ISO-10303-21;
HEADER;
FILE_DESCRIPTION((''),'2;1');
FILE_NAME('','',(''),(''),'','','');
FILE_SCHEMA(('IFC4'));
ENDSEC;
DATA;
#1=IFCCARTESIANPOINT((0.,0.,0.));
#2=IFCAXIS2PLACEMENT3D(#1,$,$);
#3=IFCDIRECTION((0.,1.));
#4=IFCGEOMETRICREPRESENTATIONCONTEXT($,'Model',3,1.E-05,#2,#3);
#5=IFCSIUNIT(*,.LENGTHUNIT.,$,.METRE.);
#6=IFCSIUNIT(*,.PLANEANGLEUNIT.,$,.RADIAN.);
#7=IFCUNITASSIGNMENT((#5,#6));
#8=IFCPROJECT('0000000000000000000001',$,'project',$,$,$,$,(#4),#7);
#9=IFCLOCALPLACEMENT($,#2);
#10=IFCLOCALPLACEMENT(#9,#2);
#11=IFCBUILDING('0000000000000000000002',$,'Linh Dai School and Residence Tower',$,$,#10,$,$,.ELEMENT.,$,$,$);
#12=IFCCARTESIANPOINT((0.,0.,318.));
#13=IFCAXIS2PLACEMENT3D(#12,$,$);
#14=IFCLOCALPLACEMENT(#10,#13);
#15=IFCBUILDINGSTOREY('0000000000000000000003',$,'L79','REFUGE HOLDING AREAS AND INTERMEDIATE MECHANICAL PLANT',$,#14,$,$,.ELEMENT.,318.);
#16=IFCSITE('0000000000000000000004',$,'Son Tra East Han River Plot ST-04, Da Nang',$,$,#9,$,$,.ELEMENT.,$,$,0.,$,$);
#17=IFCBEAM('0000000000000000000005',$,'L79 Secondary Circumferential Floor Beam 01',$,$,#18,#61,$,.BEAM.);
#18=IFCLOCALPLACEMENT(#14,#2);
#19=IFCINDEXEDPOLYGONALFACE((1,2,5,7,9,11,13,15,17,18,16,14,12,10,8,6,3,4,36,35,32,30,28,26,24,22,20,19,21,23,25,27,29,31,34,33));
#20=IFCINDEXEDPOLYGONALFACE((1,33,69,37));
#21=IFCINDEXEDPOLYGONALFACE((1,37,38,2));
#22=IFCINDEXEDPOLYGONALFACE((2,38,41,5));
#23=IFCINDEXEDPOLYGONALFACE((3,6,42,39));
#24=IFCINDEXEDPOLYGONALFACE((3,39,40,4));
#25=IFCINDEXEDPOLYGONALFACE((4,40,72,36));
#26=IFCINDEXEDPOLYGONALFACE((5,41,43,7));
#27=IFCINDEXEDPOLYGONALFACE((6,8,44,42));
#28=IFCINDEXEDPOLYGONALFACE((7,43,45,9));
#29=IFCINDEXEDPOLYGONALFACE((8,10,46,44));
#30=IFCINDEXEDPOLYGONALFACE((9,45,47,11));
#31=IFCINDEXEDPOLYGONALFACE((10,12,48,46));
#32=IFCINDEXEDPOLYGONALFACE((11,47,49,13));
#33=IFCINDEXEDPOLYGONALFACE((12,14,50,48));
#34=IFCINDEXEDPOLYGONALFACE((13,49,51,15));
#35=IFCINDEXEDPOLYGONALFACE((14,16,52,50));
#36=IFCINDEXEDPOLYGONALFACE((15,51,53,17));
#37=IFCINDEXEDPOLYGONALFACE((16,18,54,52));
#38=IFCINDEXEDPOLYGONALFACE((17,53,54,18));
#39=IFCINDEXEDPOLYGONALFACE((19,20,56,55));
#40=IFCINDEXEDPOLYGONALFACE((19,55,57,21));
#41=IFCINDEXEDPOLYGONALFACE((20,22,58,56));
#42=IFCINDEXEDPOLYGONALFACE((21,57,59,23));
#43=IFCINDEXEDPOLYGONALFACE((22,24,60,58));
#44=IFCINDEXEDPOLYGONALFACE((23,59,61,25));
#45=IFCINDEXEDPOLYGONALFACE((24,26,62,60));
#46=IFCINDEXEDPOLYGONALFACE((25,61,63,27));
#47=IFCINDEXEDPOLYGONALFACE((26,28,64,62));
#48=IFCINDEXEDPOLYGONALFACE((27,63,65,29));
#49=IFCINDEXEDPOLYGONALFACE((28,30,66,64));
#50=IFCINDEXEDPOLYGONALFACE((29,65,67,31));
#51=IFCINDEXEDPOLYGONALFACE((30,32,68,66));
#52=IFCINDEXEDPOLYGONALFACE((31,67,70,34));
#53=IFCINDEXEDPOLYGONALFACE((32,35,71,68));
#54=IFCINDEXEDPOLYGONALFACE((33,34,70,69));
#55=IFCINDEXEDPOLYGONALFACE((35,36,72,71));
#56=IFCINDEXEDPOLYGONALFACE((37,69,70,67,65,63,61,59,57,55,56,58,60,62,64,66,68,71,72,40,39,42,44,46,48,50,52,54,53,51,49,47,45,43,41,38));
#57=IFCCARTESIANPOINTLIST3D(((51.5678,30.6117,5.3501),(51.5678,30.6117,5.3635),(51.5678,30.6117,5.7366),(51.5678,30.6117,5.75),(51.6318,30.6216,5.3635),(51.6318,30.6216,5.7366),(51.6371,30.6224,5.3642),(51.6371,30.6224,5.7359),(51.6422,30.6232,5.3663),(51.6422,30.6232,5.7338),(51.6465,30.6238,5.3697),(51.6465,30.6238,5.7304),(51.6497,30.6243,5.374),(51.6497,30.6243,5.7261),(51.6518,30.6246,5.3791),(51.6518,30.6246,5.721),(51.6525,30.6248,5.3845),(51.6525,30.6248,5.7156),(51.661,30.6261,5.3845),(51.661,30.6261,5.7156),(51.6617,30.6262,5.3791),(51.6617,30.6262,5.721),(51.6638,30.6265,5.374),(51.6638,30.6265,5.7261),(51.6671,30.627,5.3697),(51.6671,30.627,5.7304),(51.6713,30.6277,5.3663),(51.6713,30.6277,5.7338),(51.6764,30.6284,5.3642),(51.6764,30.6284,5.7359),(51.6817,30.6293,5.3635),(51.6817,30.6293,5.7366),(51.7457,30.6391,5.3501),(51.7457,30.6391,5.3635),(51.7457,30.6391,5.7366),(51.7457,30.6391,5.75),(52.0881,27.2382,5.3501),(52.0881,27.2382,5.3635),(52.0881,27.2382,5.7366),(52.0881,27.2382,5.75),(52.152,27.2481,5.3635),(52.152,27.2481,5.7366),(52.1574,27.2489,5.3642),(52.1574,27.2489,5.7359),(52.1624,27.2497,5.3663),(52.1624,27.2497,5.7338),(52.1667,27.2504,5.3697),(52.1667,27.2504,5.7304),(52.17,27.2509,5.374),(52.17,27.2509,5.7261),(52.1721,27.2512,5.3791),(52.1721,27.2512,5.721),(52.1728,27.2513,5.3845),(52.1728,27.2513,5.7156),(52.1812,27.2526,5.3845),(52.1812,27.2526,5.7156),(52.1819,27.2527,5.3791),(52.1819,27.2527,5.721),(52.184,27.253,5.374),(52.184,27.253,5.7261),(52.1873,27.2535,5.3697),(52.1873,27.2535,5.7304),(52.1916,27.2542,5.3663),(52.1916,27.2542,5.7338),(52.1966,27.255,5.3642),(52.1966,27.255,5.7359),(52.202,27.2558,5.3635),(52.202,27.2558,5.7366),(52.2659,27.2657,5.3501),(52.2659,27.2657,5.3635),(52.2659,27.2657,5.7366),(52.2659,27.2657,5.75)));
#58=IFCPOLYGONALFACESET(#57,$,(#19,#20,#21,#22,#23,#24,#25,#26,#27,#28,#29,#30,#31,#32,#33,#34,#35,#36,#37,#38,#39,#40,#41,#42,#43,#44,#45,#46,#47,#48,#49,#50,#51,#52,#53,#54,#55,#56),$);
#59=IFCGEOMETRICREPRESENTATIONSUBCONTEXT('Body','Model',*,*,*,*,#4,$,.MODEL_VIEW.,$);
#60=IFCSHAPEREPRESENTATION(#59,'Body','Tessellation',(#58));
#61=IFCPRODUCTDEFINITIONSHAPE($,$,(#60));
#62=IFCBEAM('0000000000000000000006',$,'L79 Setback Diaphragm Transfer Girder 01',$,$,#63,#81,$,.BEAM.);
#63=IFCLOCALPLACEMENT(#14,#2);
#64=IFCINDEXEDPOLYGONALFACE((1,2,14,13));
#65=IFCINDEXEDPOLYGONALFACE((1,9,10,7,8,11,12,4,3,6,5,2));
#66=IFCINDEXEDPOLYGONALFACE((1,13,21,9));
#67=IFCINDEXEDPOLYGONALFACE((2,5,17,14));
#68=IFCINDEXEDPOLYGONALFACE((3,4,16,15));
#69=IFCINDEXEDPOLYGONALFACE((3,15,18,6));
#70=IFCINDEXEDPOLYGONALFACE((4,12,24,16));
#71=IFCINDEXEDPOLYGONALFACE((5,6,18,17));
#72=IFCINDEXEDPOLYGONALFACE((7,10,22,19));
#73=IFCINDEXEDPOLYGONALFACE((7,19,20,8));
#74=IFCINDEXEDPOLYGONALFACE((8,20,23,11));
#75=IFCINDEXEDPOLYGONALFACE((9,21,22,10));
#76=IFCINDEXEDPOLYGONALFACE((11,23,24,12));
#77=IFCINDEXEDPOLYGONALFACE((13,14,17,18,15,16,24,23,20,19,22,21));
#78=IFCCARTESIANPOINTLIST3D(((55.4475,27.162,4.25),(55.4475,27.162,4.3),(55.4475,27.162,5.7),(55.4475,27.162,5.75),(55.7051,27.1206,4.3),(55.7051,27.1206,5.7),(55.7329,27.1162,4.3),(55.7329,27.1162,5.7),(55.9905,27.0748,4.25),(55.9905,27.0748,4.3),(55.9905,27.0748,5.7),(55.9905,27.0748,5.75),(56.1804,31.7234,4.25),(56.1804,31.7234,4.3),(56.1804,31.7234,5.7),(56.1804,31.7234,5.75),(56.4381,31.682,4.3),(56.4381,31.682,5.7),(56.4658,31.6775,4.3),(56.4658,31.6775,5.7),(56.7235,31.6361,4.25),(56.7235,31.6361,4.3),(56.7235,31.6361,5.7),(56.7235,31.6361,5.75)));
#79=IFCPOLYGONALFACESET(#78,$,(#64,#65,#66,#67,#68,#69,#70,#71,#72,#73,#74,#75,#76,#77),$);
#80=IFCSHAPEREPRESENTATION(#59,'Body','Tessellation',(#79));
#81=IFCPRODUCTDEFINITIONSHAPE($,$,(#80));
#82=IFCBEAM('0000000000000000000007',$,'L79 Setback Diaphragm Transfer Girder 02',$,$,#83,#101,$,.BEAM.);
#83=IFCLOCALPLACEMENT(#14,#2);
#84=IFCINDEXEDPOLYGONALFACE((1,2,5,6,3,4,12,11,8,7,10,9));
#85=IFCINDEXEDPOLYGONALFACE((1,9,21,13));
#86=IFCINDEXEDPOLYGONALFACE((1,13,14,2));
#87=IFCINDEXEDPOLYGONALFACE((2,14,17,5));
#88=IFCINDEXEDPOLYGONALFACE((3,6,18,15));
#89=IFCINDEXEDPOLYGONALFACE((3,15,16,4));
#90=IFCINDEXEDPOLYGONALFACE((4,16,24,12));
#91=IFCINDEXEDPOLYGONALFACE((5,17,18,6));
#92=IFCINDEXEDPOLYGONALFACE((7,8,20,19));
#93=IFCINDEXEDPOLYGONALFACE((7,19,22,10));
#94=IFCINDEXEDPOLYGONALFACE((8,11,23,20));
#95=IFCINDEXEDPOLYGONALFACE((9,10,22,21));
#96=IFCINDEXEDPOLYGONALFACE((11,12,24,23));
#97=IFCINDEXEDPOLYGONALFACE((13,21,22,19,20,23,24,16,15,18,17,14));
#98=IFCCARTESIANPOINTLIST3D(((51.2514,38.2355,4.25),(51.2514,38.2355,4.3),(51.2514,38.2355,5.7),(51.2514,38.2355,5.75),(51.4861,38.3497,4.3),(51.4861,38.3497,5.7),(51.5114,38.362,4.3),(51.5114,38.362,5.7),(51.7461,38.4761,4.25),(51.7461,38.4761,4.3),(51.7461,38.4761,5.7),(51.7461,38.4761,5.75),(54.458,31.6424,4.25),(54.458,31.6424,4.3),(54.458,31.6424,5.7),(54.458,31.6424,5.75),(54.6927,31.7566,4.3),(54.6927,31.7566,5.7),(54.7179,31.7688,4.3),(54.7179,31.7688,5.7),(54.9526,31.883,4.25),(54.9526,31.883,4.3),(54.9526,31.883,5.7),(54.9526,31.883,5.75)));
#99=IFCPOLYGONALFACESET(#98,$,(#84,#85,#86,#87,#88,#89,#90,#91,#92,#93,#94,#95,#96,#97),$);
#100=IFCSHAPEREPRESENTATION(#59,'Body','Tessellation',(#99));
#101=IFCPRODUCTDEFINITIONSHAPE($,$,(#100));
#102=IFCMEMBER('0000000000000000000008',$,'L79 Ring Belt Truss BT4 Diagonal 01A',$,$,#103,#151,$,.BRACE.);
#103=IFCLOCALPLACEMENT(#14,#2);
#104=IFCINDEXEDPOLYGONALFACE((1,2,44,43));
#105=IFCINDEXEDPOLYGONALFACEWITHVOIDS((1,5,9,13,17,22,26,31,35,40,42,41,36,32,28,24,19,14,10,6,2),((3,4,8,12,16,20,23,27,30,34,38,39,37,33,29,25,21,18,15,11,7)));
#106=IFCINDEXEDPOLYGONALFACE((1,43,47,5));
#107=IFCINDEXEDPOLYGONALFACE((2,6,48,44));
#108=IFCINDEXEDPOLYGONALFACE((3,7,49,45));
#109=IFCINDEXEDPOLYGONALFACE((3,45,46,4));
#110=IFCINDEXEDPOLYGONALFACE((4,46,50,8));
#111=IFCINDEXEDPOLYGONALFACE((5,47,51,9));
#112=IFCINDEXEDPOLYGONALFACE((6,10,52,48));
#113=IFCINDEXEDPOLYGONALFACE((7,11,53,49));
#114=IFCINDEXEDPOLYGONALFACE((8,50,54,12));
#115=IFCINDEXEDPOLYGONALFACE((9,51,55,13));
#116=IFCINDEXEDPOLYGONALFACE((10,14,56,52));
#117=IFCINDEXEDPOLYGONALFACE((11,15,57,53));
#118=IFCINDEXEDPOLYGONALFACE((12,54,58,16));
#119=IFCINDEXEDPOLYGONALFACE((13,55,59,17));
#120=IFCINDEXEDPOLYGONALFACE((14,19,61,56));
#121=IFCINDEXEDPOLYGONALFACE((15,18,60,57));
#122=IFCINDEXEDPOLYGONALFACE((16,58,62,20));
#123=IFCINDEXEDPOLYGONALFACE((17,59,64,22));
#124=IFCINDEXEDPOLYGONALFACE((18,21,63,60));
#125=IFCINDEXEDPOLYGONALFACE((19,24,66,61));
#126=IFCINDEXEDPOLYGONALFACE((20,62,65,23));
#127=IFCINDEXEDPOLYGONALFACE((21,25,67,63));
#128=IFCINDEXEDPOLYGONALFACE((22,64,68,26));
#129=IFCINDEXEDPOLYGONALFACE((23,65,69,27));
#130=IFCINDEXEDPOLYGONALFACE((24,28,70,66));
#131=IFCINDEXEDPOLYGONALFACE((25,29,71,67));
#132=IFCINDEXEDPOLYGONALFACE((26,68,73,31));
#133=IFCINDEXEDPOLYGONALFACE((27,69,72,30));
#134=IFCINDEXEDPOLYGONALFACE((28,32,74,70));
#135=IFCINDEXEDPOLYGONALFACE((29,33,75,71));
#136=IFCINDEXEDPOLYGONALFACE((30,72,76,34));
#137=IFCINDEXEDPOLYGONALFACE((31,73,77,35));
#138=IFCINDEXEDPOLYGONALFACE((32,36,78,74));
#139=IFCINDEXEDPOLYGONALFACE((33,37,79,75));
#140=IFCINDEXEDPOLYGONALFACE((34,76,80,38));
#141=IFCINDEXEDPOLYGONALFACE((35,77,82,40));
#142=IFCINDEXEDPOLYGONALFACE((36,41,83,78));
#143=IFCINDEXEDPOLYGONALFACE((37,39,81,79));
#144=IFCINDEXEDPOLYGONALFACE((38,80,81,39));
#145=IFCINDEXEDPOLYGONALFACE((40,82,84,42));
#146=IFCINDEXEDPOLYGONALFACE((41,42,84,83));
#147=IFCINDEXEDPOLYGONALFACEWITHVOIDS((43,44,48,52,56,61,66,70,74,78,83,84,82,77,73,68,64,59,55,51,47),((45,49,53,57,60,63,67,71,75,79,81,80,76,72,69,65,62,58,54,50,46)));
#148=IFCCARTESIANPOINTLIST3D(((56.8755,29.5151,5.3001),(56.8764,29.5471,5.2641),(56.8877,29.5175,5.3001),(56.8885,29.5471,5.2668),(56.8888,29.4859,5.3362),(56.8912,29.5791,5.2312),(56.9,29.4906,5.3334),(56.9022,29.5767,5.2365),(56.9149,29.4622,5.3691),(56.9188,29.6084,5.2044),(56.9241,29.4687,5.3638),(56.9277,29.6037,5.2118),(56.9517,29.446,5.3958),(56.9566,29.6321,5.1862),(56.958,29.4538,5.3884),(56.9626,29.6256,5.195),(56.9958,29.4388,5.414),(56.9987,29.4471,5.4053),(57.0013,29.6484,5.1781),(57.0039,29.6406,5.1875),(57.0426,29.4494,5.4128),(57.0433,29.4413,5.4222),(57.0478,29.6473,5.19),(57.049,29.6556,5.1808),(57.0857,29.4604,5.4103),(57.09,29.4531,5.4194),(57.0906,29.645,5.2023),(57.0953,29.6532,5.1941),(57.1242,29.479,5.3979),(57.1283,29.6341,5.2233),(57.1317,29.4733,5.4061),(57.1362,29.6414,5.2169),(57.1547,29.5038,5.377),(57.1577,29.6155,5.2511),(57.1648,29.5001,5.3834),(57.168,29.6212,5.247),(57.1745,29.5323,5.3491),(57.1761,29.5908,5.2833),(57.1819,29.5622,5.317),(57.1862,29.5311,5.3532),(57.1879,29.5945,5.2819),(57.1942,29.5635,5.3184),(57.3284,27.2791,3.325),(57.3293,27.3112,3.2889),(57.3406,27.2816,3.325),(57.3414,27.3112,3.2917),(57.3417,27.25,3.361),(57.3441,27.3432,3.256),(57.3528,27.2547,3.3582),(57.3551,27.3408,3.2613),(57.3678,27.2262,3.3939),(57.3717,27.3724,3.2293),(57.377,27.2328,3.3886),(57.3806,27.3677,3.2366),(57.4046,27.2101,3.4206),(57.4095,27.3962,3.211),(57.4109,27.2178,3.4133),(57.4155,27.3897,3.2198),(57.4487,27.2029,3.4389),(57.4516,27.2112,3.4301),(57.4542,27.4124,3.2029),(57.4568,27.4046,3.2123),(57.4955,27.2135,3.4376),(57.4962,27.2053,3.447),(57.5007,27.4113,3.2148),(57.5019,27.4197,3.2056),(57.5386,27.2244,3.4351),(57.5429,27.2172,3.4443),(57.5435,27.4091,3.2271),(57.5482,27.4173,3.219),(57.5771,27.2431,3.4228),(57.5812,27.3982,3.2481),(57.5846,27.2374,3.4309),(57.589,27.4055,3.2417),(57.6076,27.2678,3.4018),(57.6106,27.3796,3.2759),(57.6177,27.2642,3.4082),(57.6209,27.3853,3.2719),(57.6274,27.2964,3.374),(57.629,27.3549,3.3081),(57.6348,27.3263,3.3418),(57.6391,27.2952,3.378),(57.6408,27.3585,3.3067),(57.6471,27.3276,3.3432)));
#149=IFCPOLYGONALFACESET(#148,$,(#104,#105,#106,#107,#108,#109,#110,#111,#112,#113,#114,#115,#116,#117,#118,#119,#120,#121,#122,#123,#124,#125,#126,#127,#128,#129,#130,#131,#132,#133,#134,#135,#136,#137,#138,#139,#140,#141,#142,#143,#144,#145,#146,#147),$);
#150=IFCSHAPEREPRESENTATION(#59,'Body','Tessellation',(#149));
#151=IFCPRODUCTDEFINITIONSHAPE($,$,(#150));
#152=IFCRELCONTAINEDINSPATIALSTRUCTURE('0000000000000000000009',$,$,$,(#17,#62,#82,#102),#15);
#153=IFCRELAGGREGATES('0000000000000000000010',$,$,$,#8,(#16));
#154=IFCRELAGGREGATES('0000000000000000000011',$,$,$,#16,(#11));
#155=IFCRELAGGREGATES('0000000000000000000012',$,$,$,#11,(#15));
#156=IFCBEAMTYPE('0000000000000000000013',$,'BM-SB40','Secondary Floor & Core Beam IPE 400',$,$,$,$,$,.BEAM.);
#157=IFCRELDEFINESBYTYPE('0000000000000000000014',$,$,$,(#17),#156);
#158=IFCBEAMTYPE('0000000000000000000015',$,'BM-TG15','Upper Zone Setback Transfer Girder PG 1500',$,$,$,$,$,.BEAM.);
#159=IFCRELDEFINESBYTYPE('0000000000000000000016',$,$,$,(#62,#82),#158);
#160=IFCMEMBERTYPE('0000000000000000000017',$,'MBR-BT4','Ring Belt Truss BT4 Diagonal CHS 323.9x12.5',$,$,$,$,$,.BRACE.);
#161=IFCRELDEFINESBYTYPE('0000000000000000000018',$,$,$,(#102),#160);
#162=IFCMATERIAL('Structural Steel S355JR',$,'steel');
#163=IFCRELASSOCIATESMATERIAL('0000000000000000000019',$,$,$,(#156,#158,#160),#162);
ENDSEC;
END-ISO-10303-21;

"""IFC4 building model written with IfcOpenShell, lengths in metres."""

from ifc_helpers import new_model, si_unit, direction, frame, origin, origin_2d, place, context, subcontext, project, spatial, hollow_circle, i_section, extrude, material, material_profile, profile_set, type_object, element, save


model = new_model("IFC4")

# Units and contexts
model_context = context("Model", 3, precision=1e-05, world=origin(), true_north=direction((0.0, 1.0)))
body_context = subcontext(model_context, "Body", "Model", "MODEL_VIEW")
ifc_project = project(units=[si_unit("LENGTHUNIT", "METRE"), si_unit("PLANEANGLEUNIT", "RADIAN")], contexts=[model_context])

# Site, building, storey
site_placement = place(None, origin())
site = spatial("IfcSite", under=ifc_project, at=site_placement, Name="Son Tra East Han River Plot ST-04, Da Nang", CompositionType="ELEMENT", RefElevation=0.0)
building_placement = place(site_placement, origin())
building = spatial("IfcBuilding", under=site, at=building_placement, Name="Linh Dai School and Residence Tower", CompositionType="ELEMENT")
storey_placement = place(building_placement, frame((0.0, 0.0, 318.0)))
storey = spatial("IfcBuildingStorey", under=building, at=storey_placement, Name="L79", Description="REFUGE HOLDING AREAS AND INTERMEDIATE MECHANICAL PLANT", CompositionType="ELEMENT", Elevation=318.0)

# Shared definitions
ifc_material_1 = material(Name="Structural Steel S355JR", Category="steel")

# Beams
ifc_material_profile_1 = material_profile(ifc_material_1, i_section(OverallWidth=0.1799, OverallDepth=0.3999, WebThickness=0.0085, FlangeThickness=0.0134, FilletRadius=0.021, at=origin_2d()), Name="IPE 400")
ifc_profile_set_1 = profile_set([ifc_material_profile_1], Name="Structural Steel S355JR")
beam_type_1 = type_object("IfcBeamType", Name="BM-SB40", Description="Secondary Floor & Core Beam IPE 400", PredefinedType="BEAM", material=ifc_profile_set_1)
beam_1_placement = place(storey_placement, frame((52.177, 27.252, 5.55), z_axis=(-0.152417, 0.988316, 0.0), x_axis=(-0.988316, -0.152417, 0.0)))
element("IfcBeam", 1, at=beam_1_placement, inside=storey, type_object=beam_type_1, Name="L79 Secondary Circumferential Floor Beam 01", PredefinedType="BEAM", context=body_context, shape_type="SweptSolid", body=[
    extrude(i_section(OverallWidth=0.1799, OverallDepth=0.3999, WebThickness=0.0085, FlangeThickness=0.0134, FilletRadius=0.021, at=origin_2d()), origin(), (0.0, 0.0, 1.0), 3.4133),
])
ifc_material_profile_2 = material_profile(ifc_material_1, i_section(OverallWidth=0.55, OverallDepth=1.5, WebThickness=0.0281, FlangeThickness=0.05, at=origin_2d()), Name="PG 1500x550x28x50")
ifc_profile_set_2 = profile_set([ifc_material_profile_2], Name="Structural Steel S355JR")
beam_type_2 = type_object("IfcBeamType", Name="BM-TG15", Description="Upper Zone Setback Transfer Girder PG 1500", PredefinedType="BEAM", material=ifc_profile_set_2)
beam_2_placement = place(storey_placement, frame((55.719, 27.1184, 5.0), z_axis=(0.158646, 0.987336, 0.0), x_axis=(-0.987336, 0.158646, 0.0)))
element("IfcBeam", 2, at=beam_2_placement, inside=storey, type_object=beam_type_2, Name="L79 Setback Diaphragm Transfer Girder 01", PredefinedType="BEAM", context=body_context, shape_type="SweptSolid", body=[
    extrude(i_section(OverallWidth=0.55, OverallDepth=1.5, WebThickness=0.0281, FlangeThickness=0.05, at=origin_2d()), origin(), (0.0, 0.0, 1.0), 4.6199),
])
beam_3_placement = place(storey_placement, frame((54.7053, 31.7627, 5.0), z_axis=(-0.43737, 0.899282, 0.0), x_axis=(-0.899282, -0.43737, 0.0)))
element("IfcBeam", 3, at=beam_3_placement, inside=storey, type_object=beam_type_2, Name="L79 Setback Diaphragm Transfer Girder 02", PredefinedType="BEAM", context=body_context, shape_type="SweptSolid", body=[
    extrude(i_section(OverallWidth=0.55, OverallDepth=1.5, WebThickness=0.0281, FlangeThickness=0.05, at=origin_2d()), origin(), (0.0, 0.0, 1.0), 7.3315),
])

# Member
ifc_material_profile_3 = material_profile(ifc_material_1, hollow_circle(Radius=0.1619, WallThickness=0.0125, at=origin_2d()), Name="CHS 323.9x12.5")
ifc_profile_set_3 = profile_set([ifc_material_profile_3], Name="Structural Steel S355JR")
member_type_1 = type_object("IfcMemberType", Name="MBR-BT4", Description="Ring Belt Truss BT4 Diagonal CHS 323.9x12.5", PredefinedType="BRACE", material=ifc_profile_set_3)
for number, where, z_axis, x_axis, name in (
    (4, (57.4871, 27.3113, 3.325), (-0.150087, 0.740966, 0.654555), (-0.980096, -0.198524, 0.0), "L79 Ring Belt Truss BT4 Diagonal 01A"),
):
    element("IfcMember", number, at=place(storey_placement, frame(where, z_axis=z_axis, x_axis=x_axis)), inside=storey, type_object=member_type_1, Name=name, PredefinedType="BRACE", context=body_context, shape_type="SweptSolid", body=[
        extrude(hollow_circle(Radius=0.1619, WallThickness=0.0125, at=origin_2d()), origin(), (0.0, 0.0, 1.0), 3.0176),
    ])

save(model, "model.ifc")
